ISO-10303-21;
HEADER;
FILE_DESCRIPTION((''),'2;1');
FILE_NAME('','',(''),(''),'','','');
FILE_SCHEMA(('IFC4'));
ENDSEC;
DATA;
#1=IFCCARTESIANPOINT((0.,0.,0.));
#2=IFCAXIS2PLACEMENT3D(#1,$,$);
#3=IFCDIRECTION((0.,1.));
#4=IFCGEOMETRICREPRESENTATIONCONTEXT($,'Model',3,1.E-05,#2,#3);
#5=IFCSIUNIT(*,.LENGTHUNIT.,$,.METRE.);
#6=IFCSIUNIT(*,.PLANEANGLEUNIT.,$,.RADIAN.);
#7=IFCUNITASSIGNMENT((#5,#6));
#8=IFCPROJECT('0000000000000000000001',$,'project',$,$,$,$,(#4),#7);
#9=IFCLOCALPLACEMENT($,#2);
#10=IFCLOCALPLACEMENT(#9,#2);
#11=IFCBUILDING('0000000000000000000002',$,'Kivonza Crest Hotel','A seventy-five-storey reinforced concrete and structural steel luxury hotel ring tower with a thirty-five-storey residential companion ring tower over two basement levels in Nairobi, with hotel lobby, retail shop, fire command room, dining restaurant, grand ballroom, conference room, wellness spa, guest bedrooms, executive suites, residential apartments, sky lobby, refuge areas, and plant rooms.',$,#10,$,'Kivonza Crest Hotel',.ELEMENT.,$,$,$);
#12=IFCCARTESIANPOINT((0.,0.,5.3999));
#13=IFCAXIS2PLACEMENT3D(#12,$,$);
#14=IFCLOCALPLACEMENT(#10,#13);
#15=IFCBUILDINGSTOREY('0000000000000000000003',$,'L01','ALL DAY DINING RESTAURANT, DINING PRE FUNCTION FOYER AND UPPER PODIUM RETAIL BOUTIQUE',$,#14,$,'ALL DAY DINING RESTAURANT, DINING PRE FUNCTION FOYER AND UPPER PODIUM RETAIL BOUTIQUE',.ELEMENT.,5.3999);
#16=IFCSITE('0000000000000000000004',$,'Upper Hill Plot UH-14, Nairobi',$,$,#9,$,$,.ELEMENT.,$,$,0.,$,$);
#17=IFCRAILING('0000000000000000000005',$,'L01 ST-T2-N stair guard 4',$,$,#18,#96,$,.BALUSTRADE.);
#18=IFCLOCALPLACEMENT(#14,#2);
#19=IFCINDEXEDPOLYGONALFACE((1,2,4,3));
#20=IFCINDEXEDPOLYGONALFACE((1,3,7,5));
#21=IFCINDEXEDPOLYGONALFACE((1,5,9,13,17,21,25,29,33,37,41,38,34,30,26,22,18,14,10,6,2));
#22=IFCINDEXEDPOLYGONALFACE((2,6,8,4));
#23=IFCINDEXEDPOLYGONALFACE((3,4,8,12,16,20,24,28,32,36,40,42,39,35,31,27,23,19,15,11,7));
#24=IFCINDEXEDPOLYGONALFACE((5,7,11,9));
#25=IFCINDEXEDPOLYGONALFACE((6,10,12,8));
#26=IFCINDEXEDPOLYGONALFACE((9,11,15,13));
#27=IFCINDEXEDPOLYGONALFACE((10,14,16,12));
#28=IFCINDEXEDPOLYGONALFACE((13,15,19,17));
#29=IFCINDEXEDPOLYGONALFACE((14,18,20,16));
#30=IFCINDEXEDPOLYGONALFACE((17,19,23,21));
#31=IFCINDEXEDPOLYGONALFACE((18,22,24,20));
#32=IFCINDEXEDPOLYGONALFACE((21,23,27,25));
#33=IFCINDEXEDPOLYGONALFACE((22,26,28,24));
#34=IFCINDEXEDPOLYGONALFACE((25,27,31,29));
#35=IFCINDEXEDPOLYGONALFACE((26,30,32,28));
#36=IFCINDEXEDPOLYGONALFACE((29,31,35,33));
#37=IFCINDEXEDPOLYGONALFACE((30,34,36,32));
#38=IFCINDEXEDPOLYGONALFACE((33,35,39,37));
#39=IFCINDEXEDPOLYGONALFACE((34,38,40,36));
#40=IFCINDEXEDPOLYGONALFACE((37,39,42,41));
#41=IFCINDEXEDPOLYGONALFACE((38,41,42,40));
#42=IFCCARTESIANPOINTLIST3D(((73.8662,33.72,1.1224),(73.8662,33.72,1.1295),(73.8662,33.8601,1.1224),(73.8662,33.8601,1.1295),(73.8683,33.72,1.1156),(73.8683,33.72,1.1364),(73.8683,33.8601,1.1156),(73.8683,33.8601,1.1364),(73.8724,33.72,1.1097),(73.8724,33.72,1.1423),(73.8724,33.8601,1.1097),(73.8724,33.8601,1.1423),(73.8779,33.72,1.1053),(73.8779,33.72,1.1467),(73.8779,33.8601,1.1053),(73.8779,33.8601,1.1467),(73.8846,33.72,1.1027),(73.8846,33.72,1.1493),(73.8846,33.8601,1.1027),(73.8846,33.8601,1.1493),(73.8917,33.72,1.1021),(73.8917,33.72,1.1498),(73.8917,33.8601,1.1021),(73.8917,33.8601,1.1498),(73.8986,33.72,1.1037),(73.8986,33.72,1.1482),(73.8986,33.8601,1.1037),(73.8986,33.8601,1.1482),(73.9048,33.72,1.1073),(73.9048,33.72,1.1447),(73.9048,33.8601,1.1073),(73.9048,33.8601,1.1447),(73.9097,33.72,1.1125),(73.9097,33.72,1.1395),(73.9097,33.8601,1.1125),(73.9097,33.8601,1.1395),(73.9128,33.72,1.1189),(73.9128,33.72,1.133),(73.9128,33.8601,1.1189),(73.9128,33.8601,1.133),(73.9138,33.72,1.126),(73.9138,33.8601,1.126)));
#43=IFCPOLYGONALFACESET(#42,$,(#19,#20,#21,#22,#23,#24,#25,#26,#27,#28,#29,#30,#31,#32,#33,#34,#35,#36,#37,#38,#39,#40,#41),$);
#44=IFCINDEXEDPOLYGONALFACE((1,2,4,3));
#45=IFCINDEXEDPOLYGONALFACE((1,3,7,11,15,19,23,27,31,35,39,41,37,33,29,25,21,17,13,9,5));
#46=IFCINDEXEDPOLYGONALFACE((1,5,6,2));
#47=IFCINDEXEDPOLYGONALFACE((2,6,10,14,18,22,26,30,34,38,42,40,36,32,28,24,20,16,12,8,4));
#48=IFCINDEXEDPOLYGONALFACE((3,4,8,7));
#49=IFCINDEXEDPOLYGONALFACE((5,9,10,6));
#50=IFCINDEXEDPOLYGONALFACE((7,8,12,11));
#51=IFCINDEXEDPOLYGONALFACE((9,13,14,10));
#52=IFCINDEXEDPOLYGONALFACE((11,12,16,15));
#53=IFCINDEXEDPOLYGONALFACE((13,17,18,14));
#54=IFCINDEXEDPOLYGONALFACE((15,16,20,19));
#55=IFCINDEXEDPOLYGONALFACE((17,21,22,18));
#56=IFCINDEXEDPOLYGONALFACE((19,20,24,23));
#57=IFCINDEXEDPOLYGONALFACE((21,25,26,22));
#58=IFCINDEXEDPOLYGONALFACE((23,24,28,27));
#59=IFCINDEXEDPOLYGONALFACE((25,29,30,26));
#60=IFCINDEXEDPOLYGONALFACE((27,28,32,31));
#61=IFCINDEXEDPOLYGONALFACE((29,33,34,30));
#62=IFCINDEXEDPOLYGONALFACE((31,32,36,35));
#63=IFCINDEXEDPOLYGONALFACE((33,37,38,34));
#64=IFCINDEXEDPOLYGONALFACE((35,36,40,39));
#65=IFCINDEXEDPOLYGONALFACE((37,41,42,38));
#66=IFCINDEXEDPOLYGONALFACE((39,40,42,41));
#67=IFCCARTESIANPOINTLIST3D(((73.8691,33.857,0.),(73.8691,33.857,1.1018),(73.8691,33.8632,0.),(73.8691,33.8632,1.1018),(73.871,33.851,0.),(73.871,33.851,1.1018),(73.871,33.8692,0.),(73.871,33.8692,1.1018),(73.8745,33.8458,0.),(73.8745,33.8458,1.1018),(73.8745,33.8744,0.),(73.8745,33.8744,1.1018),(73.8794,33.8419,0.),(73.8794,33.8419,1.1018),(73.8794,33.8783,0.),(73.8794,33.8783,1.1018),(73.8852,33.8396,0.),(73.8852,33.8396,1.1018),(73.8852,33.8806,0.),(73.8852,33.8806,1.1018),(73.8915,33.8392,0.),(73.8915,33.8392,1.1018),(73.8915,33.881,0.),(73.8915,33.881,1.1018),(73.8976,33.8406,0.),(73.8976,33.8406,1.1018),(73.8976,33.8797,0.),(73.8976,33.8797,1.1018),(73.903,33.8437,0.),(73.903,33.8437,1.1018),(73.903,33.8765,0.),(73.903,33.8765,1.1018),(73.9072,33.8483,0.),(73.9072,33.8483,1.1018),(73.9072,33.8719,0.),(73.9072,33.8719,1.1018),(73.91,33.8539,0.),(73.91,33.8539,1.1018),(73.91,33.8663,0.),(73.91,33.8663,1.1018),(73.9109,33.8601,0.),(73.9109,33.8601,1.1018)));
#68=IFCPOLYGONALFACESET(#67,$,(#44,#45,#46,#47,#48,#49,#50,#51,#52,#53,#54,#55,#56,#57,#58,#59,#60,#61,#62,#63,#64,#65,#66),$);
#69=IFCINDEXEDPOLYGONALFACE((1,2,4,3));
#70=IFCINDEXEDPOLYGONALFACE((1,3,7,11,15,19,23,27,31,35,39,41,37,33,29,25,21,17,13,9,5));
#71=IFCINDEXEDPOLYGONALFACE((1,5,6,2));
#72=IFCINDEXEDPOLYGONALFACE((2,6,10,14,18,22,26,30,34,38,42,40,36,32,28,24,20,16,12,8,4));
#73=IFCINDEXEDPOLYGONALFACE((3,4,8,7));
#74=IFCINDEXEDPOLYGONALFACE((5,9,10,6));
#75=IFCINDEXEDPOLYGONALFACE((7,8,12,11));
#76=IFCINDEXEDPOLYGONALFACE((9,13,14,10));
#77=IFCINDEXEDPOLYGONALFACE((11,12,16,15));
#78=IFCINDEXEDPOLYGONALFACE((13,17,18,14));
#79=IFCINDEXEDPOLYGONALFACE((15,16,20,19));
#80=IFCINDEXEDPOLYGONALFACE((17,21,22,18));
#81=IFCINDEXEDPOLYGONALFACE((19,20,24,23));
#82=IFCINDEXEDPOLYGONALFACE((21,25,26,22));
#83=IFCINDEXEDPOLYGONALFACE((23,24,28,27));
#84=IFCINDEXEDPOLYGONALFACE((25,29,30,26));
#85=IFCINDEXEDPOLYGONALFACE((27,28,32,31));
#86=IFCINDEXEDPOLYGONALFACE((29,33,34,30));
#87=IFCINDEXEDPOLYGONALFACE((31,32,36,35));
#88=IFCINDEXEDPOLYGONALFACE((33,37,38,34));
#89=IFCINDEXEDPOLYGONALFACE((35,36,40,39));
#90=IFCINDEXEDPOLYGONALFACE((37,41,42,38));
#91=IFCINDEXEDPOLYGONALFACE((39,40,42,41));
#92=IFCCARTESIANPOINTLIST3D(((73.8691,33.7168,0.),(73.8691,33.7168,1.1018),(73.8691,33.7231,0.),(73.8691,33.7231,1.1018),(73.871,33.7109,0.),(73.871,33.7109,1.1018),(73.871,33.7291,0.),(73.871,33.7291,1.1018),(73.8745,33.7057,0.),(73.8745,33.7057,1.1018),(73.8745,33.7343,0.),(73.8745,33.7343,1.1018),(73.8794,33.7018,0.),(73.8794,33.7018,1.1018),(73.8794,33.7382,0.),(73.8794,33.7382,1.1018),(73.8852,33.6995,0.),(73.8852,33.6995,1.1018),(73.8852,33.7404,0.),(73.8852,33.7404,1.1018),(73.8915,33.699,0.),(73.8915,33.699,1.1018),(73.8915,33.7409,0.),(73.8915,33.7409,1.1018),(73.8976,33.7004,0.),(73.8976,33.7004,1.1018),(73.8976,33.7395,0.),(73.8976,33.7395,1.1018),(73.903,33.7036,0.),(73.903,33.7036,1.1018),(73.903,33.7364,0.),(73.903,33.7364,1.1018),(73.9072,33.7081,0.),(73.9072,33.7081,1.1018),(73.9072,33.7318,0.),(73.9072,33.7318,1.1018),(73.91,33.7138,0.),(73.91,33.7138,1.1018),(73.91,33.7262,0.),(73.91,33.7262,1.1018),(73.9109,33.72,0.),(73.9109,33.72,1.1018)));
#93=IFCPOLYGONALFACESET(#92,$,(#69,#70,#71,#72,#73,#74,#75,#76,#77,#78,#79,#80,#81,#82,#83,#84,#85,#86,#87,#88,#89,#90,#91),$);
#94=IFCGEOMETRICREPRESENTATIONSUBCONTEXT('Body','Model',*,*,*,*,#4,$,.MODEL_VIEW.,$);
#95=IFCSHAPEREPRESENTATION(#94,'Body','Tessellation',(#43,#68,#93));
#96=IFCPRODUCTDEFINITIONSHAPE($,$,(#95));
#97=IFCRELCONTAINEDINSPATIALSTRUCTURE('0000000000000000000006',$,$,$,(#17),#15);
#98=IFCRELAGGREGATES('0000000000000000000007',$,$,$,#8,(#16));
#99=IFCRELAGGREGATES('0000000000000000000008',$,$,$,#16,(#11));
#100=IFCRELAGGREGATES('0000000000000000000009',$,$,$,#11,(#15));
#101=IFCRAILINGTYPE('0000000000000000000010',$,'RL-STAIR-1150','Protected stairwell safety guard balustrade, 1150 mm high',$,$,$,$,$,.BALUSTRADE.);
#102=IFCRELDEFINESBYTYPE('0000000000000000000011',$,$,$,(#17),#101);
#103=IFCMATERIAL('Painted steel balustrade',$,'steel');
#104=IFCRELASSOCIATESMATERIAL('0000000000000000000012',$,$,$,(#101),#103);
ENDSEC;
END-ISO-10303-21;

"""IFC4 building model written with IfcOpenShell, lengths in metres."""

from ifc_helpers import new_model, si_unit, direction, frame, origin, origin_2d, place, context, subcontext, project, spatial, circle, extrude, material, type_object, element, save


model = new_model("IFC4")

# Units and contexts
model_context = context("Model", 3, precision=1e-05, world=origin(), true_north=direction((0.0, 1.0)))
body_context = subcontext(model_context, "Body", "Model", "MODEL_VIEW")
ifc_project = project(units=[si_unit("LENGTHUNIT", "METRE"), si_unit("PLANEANGLEUNIT", "RADIAN")], contexts=[model_context])

# Site, building, storey
site_placement = place(None, origin())
site = spatial("IfcSite", under=ifc_project, at=site_placement, Name="Upper Hill Plot UH-14, Nairobi", CompositionType="ELEMENT", RefElevation=0.0)
building_placement = place(site_placement, origin())
building = spatial("IfcBuilding", under=site, at=building_placement, Name="Kivonza Crest Hotel", Description="A seventy-five-storey reinforced concrete and structural steel luxury hotel ring tower with a thirty-five-storey residential companion ring tower over two basement levels in Nairobi, with hotel lobby, retail shop, fire command room, dining restaurant, grand ballroom, conference room, wellness spa, guest bedrooms, executive suites, residential apartments, sky lobby, refuge areas, and plant rooms.", LongName="Kivonza Crest Hotel", CompositionType="ELEMENT")
storey_placement = place(building_placement, frame((0.0, 0.0, 5.3999)))
storey = spatial("IfcBuildingStorey", under=building, at=storey_placement, Name="L01", Description="ALL DAY DINING RESTAURANT, DINING PRE FUNCTION FOYER AND UPPER PODIUM RETAIL BOUTIQUE", LongName="ALL DAY DINING RESTAURANT, DINING PRE FUNCTION FOYER AND UPPER PODIUM RETAIL BOUTIQUE", CompositionType="ELEMENT", Elevation=5.3999)

# Railing
ifc_material_1 = material(Name="Painted steel balustrade", Category="steel")
railing_type_1 = type_object("IfcRailingType", Name="RL-STAIR-1150", Description="Protected stairwell safety guard balustrade, 1150 mm high", PredefinedType="BALUSTRADE", material=ifc_material_1)
railing_1_placement = place(storey_placement, frame((73.8899, 33.8601, 0.0)))
element("IfcRailing", 1, at=railing_1_placement, inside=storey, type_object=railing_type_1, Name="L01 ST-T2-N stair guard 4", PredefinedType="BALUSTRADE", context=body_context, shape_type="SweptSolid", body=[
    extrude(circle(Radius=0.0239, at=origin_2d()), frame((0.0, 0.0, 1.126), z_axis=(0.0, -1.0, 0.0), x_axis=(1.0, 0.0, 0.0)), (0.0, 0.0, 1.0), 0.1401),
    extrude(circle(Radius=0.021, at=origin_2d()), origin(), (0.0, 0.0, 1.0), 1.1018),
    extrude(circle(Radius=0.021, at=origin_2d()), frame((0.0, -0.1401, 0.0)), (0.0, 0.0, 1.0), 1.1018),
])

save(model, "model.ifc")
